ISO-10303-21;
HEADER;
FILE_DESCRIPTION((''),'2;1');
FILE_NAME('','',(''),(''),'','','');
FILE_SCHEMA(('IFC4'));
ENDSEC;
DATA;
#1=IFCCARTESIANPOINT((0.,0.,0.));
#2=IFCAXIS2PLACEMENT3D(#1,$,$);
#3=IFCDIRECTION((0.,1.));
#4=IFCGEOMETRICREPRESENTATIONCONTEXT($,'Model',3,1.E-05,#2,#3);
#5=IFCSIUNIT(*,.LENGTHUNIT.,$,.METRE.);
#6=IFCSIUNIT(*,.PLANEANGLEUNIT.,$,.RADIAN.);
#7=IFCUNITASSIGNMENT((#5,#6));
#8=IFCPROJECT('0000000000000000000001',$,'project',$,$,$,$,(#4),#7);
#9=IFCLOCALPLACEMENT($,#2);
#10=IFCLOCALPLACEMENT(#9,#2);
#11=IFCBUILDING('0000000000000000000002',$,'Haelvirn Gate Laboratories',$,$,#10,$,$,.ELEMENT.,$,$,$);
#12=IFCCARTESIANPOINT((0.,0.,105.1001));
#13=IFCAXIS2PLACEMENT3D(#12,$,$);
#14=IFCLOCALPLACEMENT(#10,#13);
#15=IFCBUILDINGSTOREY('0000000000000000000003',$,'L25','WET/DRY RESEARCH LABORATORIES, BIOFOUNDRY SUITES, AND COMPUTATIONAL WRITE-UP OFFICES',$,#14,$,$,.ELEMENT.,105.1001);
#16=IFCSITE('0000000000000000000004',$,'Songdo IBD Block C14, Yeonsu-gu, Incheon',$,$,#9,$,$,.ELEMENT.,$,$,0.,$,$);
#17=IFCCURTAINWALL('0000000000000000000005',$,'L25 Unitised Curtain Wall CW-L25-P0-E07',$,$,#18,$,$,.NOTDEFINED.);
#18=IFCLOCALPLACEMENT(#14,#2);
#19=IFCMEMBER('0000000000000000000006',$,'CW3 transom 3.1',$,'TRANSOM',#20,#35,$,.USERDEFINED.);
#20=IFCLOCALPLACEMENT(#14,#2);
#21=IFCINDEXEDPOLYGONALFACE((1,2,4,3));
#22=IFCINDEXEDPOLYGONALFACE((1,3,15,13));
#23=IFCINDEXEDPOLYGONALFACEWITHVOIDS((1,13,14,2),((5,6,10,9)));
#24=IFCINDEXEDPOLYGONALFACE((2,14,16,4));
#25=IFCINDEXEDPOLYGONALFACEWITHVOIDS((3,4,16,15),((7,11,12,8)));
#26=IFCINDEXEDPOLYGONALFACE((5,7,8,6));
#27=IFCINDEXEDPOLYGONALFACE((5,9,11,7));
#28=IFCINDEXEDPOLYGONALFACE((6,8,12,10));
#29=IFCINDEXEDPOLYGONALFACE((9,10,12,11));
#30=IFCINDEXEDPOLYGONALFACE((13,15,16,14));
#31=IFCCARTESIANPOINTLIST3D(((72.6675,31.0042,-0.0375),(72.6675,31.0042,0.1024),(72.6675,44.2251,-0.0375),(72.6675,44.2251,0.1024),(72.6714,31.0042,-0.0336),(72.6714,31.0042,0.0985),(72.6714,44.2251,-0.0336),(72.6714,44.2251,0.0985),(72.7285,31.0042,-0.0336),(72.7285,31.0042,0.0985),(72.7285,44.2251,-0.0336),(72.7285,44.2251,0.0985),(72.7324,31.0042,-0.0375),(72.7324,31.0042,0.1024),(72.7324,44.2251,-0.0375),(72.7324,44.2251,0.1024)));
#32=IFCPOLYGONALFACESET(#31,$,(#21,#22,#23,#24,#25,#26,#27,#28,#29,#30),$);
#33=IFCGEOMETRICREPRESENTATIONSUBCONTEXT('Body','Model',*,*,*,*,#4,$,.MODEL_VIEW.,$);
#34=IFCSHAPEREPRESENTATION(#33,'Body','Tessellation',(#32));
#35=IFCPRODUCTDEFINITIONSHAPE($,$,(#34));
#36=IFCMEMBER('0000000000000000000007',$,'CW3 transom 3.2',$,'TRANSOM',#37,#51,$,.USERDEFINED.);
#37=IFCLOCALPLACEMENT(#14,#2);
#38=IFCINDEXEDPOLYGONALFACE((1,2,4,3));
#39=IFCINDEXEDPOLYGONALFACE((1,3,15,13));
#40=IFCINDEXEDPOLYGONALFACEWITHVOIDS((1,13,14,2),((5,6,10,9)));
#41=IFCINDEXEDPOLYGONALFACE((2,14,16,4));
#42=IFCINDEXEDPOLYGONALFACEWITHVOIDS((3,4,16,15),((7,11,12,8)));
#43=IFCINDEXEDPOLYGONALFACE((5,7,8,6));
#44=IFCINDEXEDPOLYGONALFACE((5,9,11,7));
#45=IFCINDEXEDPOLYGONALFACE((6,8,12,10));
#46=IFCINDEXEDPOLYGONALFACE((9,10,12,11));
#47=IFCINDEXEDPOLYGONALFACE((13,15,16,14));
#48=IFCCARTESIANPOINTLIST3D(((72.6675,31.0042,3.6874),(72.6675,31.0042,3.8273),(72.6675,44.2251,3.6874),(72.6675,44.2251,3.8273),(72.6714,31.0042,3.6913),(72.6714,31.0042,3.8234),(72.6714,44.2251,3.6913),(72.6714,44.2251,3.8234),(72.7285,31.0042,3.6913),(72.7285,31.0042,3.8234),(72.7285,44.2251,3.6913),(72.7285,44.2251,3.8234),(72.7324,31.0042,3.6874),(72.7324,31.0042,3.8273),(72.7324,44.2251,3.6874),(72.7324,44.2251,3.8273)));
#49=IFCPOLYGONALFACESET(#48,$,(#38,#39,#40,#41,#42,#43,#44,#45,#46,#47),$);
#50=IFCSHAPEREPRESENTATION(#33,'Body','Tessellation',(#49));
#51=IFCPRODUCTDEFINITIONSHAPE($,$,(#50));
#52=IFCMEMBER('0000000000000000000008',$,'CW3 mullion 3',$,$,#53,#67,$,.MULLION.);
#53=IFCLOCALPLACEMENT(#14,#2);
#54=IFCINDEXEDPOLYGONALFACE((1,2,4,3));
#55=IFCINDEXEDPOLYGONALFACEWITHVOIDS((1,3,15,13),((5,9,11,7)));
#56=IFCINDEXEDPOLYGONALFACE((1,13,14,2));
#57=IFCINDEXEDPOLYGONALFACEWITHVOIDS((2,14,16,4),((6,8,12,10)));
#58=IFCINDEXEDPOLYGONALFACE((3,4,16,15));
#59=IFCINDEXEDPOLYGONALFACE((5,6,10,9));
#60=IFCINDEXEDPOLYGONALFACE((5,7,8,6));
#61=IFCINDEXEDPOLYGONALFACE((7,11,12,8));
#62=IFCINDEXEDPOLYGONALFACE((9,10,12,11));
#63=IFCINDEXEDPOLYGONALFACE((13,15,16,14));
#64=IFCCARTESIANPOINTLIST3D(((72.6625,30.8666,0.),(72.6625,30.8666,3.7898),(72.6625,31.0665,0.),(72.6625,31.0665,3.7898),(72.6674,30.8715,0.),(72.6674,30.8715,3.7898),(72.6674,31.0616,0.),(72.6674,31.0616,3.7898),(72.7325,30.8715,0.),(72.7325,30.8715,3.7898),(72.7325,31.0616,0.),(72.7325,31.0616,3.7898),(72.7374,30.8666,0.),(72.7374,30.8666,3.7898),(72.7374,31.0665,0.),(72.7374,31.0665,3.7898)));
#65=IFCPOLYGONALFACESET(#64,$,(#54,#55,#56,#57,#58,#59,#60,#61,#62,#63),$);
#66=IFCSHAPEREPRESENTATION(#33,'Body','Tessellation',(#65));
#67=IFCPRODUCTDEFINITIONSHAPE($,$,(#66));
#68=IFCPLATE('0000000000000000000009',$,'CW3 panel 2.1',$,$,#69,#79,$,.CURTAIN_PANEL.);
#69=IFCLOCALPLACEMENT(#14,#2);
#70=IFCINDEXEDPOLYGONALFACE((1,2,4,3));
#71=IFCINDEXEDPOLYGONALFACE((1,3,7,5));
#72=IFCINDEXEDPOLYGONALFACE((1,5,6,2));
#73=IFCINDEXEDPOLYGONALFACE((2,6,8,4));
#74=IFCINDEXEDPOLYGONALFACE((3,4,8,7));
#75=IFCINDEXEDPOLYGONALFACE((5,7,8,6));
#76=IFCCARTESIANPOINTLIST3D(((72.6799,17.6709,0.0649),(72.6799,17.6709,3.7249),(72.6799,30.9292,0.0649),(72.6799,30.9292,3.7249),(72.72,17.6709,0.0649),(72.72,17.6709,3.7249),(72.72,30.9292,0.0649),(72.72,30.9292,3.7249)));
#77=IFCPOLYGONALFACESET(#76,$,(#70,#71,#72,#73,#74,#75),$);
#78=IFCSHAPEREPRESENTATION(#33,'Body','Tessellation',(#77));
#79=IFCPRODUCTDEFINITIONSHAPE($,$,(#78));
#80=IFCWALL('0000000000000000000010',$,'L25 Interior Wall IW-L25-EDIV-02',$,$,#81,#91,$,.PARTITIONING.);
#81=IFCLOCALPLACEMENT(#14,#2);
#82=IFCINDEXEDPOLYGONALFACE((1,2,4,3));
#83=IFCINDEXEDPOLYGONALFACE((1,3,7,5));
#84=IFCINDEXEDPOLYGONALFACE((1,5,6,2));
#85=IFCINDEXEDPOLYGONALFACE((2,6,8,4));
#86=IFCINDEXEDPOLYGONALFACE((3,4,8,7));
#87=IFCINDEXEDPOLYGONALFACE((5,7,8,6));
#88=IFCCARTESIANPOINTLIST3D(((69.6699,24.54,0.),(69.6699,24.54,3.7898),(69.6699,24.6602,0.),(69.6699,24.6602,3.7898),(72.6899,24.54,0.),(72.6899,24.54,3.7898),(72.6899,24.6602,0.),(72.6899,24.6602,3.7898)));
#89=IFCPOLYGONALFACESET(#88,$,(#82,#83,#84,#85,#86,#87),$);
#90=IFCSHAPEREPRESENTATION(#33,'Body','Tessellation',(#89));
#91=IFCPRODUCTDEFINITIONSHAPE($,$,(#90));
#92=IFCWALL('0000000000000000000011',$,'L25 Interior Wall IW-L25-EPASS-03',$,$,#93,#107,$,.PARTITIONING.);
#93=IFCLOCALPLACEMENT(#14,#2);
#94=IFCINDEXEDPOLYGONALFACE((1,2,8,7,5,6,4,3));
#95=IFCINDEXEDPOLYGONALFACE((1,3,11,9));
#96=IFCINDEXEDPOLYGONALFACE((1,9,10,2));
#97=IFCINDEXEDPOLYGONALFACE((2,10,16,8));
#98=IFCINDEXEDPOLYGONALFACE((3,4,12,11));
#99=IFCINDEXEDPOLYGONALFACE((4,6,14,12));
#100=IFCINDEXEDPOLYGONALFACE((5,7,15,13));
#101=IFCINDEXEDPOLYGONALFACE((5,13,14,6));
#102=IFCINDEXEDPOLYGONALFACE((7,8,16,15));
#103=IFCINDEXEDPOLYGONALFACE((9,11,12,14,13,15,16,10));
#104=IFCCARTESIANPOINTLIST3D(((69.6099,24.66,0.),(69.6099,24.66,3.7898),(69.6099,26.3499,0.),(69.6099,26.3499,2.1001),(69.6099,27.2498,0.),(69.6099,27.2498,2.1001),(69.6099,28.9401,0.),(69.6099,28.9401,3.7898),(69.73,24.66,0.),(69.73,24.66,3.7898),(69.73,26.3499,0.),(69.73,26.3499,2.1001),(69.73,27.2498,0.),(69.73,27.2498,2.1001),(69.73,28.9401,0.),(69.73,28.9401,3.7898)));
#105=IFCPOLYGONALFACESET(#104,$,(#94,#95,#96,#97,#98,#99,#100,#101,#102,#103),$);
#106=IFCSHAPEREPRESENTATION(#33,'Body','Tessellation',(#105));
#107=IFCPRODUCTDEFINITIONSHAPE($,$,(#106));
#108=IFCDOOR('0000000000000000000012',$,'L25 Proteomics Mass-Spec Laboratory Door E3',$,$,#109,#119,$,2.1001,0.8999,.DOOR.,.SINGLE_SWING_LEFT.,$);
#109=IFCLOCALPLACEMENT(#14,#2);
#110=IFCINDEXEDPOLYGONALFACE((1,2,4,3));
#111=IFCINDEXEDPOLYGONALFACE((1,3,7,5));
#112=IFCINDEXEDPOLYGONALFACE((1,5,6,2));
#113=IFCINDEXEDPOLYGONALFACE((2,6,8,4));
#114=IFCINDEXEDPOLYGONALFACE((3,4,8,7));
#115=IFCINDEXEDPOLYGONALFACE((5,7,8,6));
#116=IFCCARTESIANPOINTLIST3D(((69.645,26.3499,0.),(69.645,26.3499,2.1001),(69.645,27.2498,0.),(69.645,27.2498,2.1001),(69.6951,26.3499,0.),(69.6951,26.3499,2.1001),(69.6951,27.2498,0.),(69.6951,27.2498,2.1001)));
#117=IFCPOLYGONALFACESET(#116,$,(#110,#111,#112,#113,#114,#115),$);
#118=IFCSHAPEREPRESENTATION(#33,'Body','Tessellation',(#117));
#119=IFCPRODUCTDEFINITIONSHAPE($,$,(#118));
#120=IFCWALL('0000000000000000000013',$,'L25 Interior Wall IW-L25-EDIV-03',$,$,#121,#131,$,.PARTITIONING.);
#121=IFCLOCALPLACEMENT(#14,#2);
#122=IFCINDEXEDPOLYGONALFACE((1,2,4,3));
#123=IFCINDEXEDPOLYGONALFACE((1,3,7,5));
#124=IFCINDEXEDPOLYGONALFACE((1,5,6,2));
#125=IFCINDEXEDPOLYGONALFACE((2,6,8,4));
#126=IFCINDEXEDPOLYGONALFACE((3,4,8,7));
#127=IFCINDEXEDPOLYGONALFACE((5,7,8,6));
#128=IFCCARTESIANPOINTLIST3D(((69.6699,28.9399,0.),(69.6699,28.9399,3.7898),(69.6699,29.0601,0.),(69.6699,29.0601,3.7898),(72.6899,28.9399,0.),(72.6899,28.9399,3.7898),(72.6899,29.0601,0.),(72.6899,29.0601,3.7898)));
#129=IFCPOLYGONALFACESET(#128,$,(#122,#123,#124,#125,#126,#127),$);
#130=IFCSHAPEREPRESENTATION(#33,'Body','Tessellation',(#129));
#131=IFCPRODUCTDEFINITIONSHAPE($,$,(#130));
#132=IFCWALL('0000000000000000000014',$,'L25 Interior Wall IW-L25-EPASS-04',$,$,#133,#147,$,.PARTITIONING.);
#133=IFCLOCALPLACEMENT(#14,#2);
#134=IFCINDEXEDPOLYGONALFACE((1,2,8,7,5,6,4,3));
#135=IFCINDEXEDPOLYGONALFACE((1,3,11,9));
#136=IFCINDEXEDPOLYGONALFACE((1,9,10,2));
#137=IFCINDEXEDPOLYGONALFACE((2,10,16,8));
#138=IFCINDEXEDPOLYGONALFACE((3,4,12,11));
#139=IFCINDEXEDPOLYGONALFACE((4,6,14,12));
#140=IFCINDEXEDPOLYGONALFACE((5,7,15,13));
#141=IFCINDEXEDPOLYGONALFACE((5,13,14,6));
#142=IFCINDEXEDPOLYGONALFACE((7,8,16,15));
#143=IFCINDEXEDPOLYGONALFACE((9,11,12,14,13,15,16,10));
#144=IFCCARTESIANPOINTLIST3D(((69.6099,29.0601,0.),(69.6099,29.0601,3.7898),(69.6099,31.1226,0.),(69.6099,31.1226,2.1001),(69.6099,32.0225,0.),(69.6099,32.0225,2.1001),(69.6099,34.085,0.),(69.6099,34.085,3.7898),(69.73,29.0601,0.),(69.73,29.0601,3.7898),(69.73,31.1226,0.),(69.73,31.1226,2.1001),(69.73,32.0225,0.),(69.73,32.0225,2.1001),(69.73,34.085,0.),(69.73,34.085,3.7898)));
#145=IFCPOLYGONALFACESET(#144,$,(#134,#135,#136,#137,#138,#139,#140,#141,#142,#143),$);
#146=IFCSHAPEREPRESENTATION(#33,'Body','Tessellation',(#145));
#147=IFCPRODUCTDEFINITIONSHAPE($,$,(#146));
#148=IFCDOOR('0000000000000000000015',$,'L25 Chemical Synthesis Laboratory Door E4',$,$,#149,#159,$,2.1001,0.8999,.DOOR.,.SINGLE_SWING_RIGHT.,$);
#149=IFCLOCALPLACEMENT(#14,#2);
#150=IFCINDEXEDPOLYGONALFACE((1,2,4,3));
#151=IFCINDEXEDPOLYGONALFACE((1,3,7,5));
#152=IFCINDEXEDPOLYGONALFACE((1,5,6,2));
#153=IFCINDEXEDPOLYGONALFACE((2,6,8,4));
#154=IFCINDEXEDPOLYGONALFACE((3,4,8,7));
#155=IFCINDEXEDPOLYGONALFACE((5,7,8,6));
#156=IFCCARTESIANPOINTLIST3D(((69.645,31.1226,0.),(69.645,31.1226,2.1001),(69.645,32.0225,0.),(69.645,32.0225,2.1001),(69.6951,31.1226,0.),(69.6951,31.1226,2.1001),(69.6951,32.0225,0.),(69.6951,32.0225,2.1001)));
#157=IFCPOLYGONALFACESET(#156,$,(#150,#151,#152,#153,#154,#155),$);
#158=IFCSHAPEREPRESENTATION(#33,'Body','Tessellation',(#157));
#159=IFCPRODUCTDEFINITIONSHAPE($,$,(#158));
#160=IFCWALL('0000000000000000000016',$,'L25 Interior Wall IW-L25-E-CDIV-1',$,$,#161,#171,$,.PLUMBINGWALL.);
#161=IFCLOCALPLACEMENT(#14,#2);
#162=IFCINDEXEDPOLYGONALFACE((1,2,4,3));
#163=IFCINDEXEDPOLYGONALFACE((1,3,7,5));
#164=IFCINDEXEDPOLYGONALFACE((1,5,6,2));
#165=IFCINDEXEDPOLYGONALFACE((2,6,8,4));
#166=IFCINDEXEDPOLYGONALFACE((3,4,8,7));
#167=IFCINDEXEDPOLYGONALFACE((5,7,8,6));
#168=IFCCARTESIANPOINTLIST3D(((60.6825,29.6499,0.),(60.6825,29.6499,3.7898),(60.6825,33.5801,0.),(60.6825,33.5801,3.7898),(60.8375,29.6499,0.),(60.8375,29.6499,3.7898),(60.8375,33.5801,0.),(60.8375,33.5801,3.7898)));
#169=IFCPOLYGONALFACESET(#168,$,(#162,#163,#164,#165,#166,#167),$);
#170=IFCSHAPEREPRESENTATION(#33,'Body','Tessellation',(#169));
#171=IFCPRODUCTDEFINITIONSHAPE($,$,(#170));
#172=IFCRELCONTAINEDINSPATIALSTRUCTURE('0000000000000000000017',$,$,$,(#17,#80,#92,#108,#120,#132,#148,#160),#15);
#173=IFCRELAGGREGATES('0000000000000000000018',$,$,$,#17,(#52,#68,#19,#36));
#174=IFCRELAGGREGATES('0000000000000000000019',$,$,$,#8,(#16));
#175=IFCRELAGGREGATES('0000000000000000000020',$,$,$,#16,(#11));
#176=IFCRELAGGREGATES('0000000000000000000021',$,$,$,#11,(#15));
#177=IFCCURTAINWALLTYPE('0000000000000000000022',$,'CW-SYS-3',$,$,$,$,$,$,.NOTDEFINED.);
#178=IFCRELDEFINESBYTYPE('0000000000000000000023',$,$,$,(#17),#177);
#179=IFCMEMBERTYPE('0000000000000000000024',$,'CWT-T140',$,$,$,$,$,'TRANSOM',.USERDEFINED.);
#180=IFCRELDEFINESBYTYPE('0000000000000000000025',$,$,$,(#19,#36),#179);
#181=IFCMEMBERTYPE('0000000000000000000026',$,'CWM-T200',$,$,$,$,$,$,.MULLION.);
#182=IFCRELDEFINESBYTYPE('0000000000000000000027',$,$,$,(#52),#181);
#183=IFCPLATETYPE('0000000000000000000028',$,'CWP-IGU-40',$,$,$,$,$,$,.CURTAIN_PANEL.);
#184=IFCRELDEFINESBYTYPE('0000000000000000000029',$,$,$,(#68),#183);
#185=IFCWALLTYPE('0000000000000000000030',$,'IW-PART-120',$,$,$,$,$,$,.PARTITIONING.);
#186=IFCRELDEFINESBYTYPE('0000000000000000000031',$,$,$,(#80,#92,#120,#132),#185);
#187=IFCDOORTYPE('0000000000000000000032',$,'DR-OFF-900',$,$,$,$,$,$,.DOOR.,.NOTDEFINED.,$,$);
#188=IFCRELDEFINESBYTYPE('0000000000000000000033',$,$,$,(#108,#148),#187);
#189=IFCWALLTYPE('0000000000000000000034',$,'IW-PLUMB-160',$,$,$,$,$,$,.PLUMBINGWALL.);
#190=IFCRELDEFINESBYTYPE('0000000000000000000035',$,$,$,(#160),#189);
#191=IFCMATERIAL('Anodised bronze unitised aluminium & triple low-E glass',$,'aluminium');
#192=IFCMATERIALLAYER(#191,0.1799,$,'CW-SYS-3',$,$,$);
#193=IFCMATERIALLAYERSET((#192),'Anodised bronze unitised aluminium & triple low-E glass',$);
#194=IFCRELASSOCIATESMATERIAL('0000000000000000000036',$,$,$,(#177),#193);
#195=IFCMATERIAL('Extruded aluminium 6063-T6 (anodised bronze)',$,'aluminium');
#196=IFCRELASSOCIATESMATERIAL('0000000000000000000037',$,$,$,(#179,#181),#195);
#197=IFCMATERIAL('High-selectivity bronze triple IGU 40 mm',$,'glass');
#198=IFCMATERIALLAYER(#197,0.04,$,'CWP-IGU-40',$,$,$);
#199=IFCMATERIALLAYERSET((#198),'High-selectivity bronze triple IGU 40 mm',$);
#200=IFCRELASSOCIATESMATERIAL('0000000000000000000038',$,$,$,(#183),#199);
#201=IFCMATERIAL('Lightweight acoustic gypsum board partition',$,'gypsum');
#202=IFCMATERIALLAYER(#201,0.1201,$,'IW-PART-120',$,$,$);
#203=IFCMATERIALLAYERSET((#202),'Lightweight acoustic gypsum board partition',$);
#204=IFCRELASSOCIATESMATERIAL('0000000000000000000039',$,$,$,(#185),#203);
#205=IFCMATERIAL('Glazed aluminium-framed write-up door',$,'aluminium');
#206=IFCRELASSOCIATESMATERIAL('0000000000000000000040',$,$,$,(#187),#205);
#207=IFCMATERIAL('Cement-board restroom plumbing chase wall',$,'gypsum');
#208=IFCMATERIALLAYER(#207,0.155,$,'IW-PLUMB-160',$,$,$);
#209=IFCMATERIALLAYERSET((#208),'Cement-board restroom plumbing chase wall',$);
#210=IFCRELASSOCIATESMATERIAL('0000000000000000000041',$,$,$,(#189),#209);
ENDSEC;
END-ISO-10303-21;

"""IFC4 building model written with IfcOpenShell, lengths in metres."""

from ifc_helpers import new_model, si_unit, direction, frame, frame_2d, origin, origin_2d, place, context, subcontext, project, spatial, rectangle, hollow_rectangle, extrude, source, transform, mapped, material, layer, layer_set, material_profile, profile_set, type_object, type_shapes, element, fill, aggregate, save


model = new_model("IFC4")

# Units and contexts
model_context = context("Model", 3, precision=1e-05, world=origin(), true_north=direction((0.0, 1.0)))
body_context = subcontext(model_context, "Body", "Model", "MODEL_VIEW")
ifc_project = project(units=[si_unit("LENGTHUNIT", "METRE"), si_unit("PLANEANGLEUNIT", "RADIAN")], contexts=[model_context])

# Site, building, storey
site_placement = place(None, origin())
site = spatial("IfcSite", under=ifc_project, at=site_placement, Name="Songdo IBD Block C14, Yeonsu-gu, Incheon", CompositionType="ELEMENT", RefElevation=0.0)
building_placement = place(site_placement, origin())
building = spatial("IfcBuilding", under=site, at=building_placement, Name="Haelvirn Gate Laboratories", CompositionType="ELEMENT")
storey_placement = place(building_placement, frame((0.0, 0.0, 105.1001)))
storey = spatial("IfcBuildingStorey", under=building, at=storey_placement, Name="L25", Description="WET/DRY RESEARCH LABORATORIES, BIOFOUNDRY SUITES, AND COMPUTATIONAL WRITE-UP OFFICES", CompositionType="ELEMENT", Elevation=105.1001)

# Curtain wall, members, plate
ifc_material_1 = material(Name="Anodised bronze unitised aluminium & triple low-E glass", Category="aluminium")
ifc_layer_1 = layer(ifc_material_1, 0.1799, Name="CW-SYS-3")
ifc_layer_set_1 = layer_set([ifc_layer_1], Name="Anodised bronze unitised aluminium & triple low-E glass")
curtain_wall_type = type_object("IfcCurtainWallType", Name="CW-SYS-3", PredefinedType="NOTDEFINED", material=ifc_layer_set_1)
curtain_wall_placement = place(storey_placement, origin())
curtain_wall = element("IfcCurtainWall", 1, at=curtain_wall_placement, inside=storey, type_object=curtain_wall_type, Name="L25 Unitised Curtain Wall CW-L25-P0-E07", PredefinedType="NOTDEFINED")
ifc_material_2 = material(Name="Extruded aluminium 6063-T6 (anodised bronze)", Category="aluminium")
ifc_material_profile_1 = material_profile(ifc_material_2, hollow_rectangle(XDim=0.0649, YDim=0.1399, WallThickness=0.0039, at=origin_2d()), Name="CWT-140x65x4")
ifc_profile_set_1 = profile_set([ifc_material_profile_1], Name="Extruded aluminium 6063-T6 (anodised bronze)")
member_type_1 = type_object("IfcMemberType", Name="CWT-T140", ElementType="TRANSOM", PredefinedType="USERDEFINED", material=ifc_profile_set_1)
shared_shape_1 = source(origin(), body_context, "Body", "SweptSolid", [
    extrude(hollow_rectangle(XDim=0.0649, YDim=0.1399, WallThickness=0.0039, at=origin_2d()), origin(), (0.0, 0.0, 1.0), 13.2209),
])
type_shapes(member_type_1, [shared_shape_1])
member_1_placement = place(storey_placement, frame((72.7, 31.0042, 0.0325), z_axis=(0.0, 1.0, 0.0), x_axis=(-1.0, 0.0, 0.0)))
member_1 = element("IfcMember", 2, at=member_1_placement, type_object=member_type_1, Name="CW3 transom 3.1", ObjectType="TRANSOM", PredefinedType="USERDEFINED", context=body_context, shape_type="MappedRepresentation", body=[
    mapped(shared_shape_1, transform((0.0, 0.0, 0.0), scale=1.0)),
])
member_2_placement = place(storey_placement, frame((72.7, 31.0042, 3.7573), z_axis=(0.0, 1.0, 0.0), x_axis=(-1.0, 0.0, 0.0)))
member_2 = element("IfcMember", 3, at=member_2_placement, type_object=member_type_1, Name="CW3 transom 3.2", ObjectType="TRANSOM", PredefinedType="USERDEFINED", context=body_context, shape_type="MappedRepresentation", body=[
    mapped(shared_shape_1, transform((0.0, 0.0, 0.0), scale=1.0)),
])
ifc_material_profile_2 = material_profile(ifc_material_2, hollow_rectangle(XDim=0.075, YDim=0.2, WallThickness=0.0049, at=origin_2d()), Name="CWM-200x75x5")
ifc_profile_set_2 = profile_set([ifc_material_profile_2], Name="Extruded aluminium 6063-T6 (anodised bronze)")
member_type_2 = type_object("IfcMemberType", Name="CWM-T200", PredefinedType="MULLION", material=ifc_profile_set_2)
shared_shape_2 = source(origin(), body_context, "Body", "SweptSolid", [
    extrude(hollow_rectangle(XDim=0.075, YDim=0.2, WallThickness=0.0049, at=origin_2d()), origin(), (0.0, 0.0, 1.0), 3.7898),
])
type_shapes(member_type_2, [shared_shape_2])
member_3_placement = place(storey_placement, frame((72.7, 30.9666, 0.0), z_axis=(0.0, 0.0, 1.0), x_axis=(-1.0, 0.0, 0.0)))
member_3 = element("IfcMember", 4, at=member_3_placement, type_object=member_type_2, Name="CW3 mullion 3", PredefinedType="MULLION", context=body_context, shape_type="MappedRepresentation", body=[
    mapped(shared_shape_2, transform((0.0, 0.0, 0.0), scale=1.0)),
])
ifc_material_3 = material(Name="High-selectivity bronze triple IGU 40 mm", Category="glass")
ifc_layer_2 = layer(ifc_material_3, 0.04, Name="CWP-IGU-40")
ifc_layer_set_2 = layer_set([ifc_layer_2], Name="High-selectivity bronze triple IGU 40 mm")
plate_type = type_object("IfcPlateType", Name="CWP-IGU-40", PredefinedType="CURTAIN_PANEL", material=ifc_layer_set_2)
shared_shape_3 = source(origin(), body_context, "Body", "SweptSolid", [
    extrude(rectangle(XDim=13.2583, YDim=0.04, at=origin_2d()), origin(), (0.0, 0.0, 1.0), 3.6599),
])
type_shapes(plate_type, [shared_shape_3])
plate_placement = place(storey_placement, frame((72.7, 24.3, 0.0649), z_axis=(0.0, 0.0, 1.0), x_axis=(0.0, 1.0, 0.0)))
plate = element("IfcPlate", 5, at=plate_placement, type_object=plate_type, Name="CW3 panel 2.1", PredefinedType="CURTAIN_PANEL", context=body_context, shape_type="MappedRepresentation", body=[
    mapped(shared_shape_3, transform((0.0, 0.0, 0.0), scale=1.0)),
])
aggregate(curtain_wall, [member_3, plate, member_1, member_2])

# Wall
ifc_material_4 = material(Name="Lightweight acoustic gypsum board partition", Category="gypsum")
ifc_layer_3 = layer(ifc_material_4, 0.1201, Name="IW-PART-120")
ifc_layer_set_3 = layer_set([ifc_layer_3], Name="Lightweight acoustic gypsum board partition")
wall_type_1 = type_object("IfcWallType", Name="IW-PART-120", PredefinedType="PARTITIONING", material=ifc_layer_set_3)
wall_1_placement = place(storey_placement, frame((69.6699, 24.6001, 0.0), z_axis=(0.0, 0.0, 1.0), x_axis=(1.0, 0.0, 0.0)))
element("IfcWall", 6, at=wall_1_placement, inside=storey, type_object=wall_type_1, Name="L25 Interior Wall IW-L25-EDIV-02", PredefinedType="PARTITIONING", context=body_context, shape_type="SweptSolid", body=[
    extrude(rectangle(XDim=3.02, YDim=0.1201, at=frame_2d((1.51, 0.0))), origin(), (0.0, 0.0, 1.0), 3.7898),
])

# Wall, opening, door
wall_2_placement = place(storey_placement, frame((69.6699, 24.6599, 0.0), z_axis=(0.0, 0.0, 1.0), x_axis=(0.0, 1.0, 0.0)))
wall_2 = element("IfcWall", 7, at=wall_2_placement, inside=storey, type_object=wall_type_1, Name="L25 Interior Wall IW-L25-EPASS-03", PredefinedType="PARTITIONING", context=body_context, shape_type="SweptSolid", body=[
    extrude(rectangle(XDim=4.28, YDim=0.1201, at=frame_2d((2.1401, 0.0))), origin(), (0.0, 0.0, 1.0), 3.7898),
])
opening_1_placement = place(wall_2_placement, frame((1.6899, 0.0, 0.0)))
opening_1 = element("IfcOpeningElement", 8, at=opening_1_placement, cuts=wall_2, PredefinedType="OPENING", context=body_context, shape_type="SweptSolid", body=[
    extrude(rectangle(XDim=0.8999, YDim=2.1001, at=frame_2d((0.45, 1.05))), frame((0.0, 0.0701, 0.0), z_axis=(0.0, -1.0, 0.0), x_axis=(1.0, 0.0, 0.0)), (0.0, 0.0, 1.0), 0.1401),
])
ifc_material_5 = material(Name="Glazed aluminium-framed write-up door", Category="aluminium")
door_type_1 = type_object("IfcDoorType", Name="DR-OFF-900", OperationType="NOTDEFINED", PredefinedType="DOOR", material=ifc_material_5)
shared_shape_4 = source(origin(), body_context, "Body", "SweptSolid", [
    extrude(rectangle(XDim=0.8999, YDim=2.1001, at=frame_2d((0.45, 1.05))), frame((0.0, 0.0249, 0.0), z_axis=(0.0, -1.0, 0.0), x_axis=(1.0, 0.0, 0.0)), (0.0, 0.0, 1.0), 0.05),
])
type_shapes(door_type_1, [shared_shape_4])
door_1_placement = place(opening_1_placement, origin())
door_1 = element("IfcDoor", 9, at=door_1_placement, inside=storey, type_object=door_type_1, Name="L25 Proteomics Mass-Spec Laboratory Door E3", OperationType="SINGLE_SWING_LEFT", OverallHeight=2.1001, OverallWidth=0.8999, PredefinedType="DOOR", context=body_context, shape_type="MappedRepresentation", body=[
    mapped(shared_shape_4, transform((0.0, 0.0, 0.0), scale=1.0)),
])
fill(opening_1, door_1)

# Wall
wall_3_placement = place(storey_placement, frame((69.6699, 29.0, 0.0), z_axis=(0.0, 0.0, 1.0), x_axis=(1.0, 0.0, 0.0)))
element("IfcWall", 10, at=wall_3_placement, inside=storey, type_object=wall_type_1, Name="L25 Interior Wall IW-L25-EDIV-03", PredefinedType="PARTITIONING", context=body_context, shape_type="SweptSolid", body=[
    extrude(rectangle(XDim=3.02, YDim=0.1201, at=frame_2d((1.51, 0.0))), origin(), (0.0, 0.0, 1.0), 3.7898),
])

# Wall, opening, door
wall_4_placement = place(storey_placement, frame((69.6699, 29.0601, 0.0), z_axis=(0.0, 0.0, 1.0), x_axis=(0.0, 1.0, 0.0)))
wall_4 = element("IfcWall", 11, at=wall_4_placement, inside=storey, type_object=wall_type_1, Name="L25 Interior Wall IW-L25-EPASS-04", PredefinedType="PARTITIONING", context=body_context, shape_type="SweptSolid", body=[
    extrude(rectangle(XDim=5.0249, YDim=0.1201, at=frame_2d((2.5125, 0.0))), origin(), (0.0, 0.0, 1.0), 3.7898),
])
opening_2_placement = place(wall_4_placement, frame((2.0625, 0.0, 0.0)))
opening_2 = element("IfcOpeningElement", 12, at=opening_2_placement, cuts=wall_4, PredefinedType="OPENING", context=body_context, shape_type="SweptSolid", body=[
    extrude(rectangle(XDim=0.8999, YDim=2.1001, at=frame_2d((0.45, 1.05))), frame((0.0, 0.0701, 0.0), z_axis=(0.0, -1.0, 0.0), x_axis=(1.0, 0.0, 0.0)), (0.0, 0.0, 1.0), 0.1401),
])
door_2_placement = place(opening_2_placement, origin())
door_2 = element("IfcDoor", 13, at=door_2_placement, inside=storey, type_object=door_type_1, Name="L25 Chemical Synthesis Laboratory Door E4", OperationType="SINGLE_SWING_RIGHT", OverallHeight=2.1001, OverallWidth=0.8999, PredefinedType="DOOR", context=body_context, shape_type="MappedRepresentation", body=[
    mapped(shared_shape_4, transform((0.0, 0.0, 0.0), scale=1.0)),
])
fill(opening_2, door_2)

# Wall
ifc_material_6 = material(Name="Cement-board restroom plumbing chase wall", Category="gypsum")
ifc_layer_4 = layer(ifc_material_6, 0.155, Name="IW-PLUMB-160")
ifc_layer_set_4 = layer_set([ifc_layer_4], Name="Cement-board restroom plumbing chase wall")
wall_type_2 = type_object("IfcWallType", Name="IW-PLUMB-160", PredefinedType="PLUMBINGWALL", material=ifc_layer_set_4)
for number, where, z_axis, x_axis, name in (
    (14, (60.76, 29.6499, 0.0), (0.0, 0.0, 1.0), (0.0, 1.0, 0.0), "L25 Interior Wall IW-L25-E-CDIV-1"),
):
    element("IfcWall", number, at=place(storey_placement, frame(where, z_axis=z_axis, x_axis=x_axis)), inside=storey, type_object=wall_type_2, Name=name, PredefinedType="PLUMBINGWALL", context=body_context, shape_type="SweptSolid", body=[
        extrude(rectangle(XDim=3.9302, YDim=0.155, at=frame_2d((1.9651, 0.0))), origin(), (0.0, 0.0, 1.0), 3.7898),
    ])

save(model, "model.ifc")
